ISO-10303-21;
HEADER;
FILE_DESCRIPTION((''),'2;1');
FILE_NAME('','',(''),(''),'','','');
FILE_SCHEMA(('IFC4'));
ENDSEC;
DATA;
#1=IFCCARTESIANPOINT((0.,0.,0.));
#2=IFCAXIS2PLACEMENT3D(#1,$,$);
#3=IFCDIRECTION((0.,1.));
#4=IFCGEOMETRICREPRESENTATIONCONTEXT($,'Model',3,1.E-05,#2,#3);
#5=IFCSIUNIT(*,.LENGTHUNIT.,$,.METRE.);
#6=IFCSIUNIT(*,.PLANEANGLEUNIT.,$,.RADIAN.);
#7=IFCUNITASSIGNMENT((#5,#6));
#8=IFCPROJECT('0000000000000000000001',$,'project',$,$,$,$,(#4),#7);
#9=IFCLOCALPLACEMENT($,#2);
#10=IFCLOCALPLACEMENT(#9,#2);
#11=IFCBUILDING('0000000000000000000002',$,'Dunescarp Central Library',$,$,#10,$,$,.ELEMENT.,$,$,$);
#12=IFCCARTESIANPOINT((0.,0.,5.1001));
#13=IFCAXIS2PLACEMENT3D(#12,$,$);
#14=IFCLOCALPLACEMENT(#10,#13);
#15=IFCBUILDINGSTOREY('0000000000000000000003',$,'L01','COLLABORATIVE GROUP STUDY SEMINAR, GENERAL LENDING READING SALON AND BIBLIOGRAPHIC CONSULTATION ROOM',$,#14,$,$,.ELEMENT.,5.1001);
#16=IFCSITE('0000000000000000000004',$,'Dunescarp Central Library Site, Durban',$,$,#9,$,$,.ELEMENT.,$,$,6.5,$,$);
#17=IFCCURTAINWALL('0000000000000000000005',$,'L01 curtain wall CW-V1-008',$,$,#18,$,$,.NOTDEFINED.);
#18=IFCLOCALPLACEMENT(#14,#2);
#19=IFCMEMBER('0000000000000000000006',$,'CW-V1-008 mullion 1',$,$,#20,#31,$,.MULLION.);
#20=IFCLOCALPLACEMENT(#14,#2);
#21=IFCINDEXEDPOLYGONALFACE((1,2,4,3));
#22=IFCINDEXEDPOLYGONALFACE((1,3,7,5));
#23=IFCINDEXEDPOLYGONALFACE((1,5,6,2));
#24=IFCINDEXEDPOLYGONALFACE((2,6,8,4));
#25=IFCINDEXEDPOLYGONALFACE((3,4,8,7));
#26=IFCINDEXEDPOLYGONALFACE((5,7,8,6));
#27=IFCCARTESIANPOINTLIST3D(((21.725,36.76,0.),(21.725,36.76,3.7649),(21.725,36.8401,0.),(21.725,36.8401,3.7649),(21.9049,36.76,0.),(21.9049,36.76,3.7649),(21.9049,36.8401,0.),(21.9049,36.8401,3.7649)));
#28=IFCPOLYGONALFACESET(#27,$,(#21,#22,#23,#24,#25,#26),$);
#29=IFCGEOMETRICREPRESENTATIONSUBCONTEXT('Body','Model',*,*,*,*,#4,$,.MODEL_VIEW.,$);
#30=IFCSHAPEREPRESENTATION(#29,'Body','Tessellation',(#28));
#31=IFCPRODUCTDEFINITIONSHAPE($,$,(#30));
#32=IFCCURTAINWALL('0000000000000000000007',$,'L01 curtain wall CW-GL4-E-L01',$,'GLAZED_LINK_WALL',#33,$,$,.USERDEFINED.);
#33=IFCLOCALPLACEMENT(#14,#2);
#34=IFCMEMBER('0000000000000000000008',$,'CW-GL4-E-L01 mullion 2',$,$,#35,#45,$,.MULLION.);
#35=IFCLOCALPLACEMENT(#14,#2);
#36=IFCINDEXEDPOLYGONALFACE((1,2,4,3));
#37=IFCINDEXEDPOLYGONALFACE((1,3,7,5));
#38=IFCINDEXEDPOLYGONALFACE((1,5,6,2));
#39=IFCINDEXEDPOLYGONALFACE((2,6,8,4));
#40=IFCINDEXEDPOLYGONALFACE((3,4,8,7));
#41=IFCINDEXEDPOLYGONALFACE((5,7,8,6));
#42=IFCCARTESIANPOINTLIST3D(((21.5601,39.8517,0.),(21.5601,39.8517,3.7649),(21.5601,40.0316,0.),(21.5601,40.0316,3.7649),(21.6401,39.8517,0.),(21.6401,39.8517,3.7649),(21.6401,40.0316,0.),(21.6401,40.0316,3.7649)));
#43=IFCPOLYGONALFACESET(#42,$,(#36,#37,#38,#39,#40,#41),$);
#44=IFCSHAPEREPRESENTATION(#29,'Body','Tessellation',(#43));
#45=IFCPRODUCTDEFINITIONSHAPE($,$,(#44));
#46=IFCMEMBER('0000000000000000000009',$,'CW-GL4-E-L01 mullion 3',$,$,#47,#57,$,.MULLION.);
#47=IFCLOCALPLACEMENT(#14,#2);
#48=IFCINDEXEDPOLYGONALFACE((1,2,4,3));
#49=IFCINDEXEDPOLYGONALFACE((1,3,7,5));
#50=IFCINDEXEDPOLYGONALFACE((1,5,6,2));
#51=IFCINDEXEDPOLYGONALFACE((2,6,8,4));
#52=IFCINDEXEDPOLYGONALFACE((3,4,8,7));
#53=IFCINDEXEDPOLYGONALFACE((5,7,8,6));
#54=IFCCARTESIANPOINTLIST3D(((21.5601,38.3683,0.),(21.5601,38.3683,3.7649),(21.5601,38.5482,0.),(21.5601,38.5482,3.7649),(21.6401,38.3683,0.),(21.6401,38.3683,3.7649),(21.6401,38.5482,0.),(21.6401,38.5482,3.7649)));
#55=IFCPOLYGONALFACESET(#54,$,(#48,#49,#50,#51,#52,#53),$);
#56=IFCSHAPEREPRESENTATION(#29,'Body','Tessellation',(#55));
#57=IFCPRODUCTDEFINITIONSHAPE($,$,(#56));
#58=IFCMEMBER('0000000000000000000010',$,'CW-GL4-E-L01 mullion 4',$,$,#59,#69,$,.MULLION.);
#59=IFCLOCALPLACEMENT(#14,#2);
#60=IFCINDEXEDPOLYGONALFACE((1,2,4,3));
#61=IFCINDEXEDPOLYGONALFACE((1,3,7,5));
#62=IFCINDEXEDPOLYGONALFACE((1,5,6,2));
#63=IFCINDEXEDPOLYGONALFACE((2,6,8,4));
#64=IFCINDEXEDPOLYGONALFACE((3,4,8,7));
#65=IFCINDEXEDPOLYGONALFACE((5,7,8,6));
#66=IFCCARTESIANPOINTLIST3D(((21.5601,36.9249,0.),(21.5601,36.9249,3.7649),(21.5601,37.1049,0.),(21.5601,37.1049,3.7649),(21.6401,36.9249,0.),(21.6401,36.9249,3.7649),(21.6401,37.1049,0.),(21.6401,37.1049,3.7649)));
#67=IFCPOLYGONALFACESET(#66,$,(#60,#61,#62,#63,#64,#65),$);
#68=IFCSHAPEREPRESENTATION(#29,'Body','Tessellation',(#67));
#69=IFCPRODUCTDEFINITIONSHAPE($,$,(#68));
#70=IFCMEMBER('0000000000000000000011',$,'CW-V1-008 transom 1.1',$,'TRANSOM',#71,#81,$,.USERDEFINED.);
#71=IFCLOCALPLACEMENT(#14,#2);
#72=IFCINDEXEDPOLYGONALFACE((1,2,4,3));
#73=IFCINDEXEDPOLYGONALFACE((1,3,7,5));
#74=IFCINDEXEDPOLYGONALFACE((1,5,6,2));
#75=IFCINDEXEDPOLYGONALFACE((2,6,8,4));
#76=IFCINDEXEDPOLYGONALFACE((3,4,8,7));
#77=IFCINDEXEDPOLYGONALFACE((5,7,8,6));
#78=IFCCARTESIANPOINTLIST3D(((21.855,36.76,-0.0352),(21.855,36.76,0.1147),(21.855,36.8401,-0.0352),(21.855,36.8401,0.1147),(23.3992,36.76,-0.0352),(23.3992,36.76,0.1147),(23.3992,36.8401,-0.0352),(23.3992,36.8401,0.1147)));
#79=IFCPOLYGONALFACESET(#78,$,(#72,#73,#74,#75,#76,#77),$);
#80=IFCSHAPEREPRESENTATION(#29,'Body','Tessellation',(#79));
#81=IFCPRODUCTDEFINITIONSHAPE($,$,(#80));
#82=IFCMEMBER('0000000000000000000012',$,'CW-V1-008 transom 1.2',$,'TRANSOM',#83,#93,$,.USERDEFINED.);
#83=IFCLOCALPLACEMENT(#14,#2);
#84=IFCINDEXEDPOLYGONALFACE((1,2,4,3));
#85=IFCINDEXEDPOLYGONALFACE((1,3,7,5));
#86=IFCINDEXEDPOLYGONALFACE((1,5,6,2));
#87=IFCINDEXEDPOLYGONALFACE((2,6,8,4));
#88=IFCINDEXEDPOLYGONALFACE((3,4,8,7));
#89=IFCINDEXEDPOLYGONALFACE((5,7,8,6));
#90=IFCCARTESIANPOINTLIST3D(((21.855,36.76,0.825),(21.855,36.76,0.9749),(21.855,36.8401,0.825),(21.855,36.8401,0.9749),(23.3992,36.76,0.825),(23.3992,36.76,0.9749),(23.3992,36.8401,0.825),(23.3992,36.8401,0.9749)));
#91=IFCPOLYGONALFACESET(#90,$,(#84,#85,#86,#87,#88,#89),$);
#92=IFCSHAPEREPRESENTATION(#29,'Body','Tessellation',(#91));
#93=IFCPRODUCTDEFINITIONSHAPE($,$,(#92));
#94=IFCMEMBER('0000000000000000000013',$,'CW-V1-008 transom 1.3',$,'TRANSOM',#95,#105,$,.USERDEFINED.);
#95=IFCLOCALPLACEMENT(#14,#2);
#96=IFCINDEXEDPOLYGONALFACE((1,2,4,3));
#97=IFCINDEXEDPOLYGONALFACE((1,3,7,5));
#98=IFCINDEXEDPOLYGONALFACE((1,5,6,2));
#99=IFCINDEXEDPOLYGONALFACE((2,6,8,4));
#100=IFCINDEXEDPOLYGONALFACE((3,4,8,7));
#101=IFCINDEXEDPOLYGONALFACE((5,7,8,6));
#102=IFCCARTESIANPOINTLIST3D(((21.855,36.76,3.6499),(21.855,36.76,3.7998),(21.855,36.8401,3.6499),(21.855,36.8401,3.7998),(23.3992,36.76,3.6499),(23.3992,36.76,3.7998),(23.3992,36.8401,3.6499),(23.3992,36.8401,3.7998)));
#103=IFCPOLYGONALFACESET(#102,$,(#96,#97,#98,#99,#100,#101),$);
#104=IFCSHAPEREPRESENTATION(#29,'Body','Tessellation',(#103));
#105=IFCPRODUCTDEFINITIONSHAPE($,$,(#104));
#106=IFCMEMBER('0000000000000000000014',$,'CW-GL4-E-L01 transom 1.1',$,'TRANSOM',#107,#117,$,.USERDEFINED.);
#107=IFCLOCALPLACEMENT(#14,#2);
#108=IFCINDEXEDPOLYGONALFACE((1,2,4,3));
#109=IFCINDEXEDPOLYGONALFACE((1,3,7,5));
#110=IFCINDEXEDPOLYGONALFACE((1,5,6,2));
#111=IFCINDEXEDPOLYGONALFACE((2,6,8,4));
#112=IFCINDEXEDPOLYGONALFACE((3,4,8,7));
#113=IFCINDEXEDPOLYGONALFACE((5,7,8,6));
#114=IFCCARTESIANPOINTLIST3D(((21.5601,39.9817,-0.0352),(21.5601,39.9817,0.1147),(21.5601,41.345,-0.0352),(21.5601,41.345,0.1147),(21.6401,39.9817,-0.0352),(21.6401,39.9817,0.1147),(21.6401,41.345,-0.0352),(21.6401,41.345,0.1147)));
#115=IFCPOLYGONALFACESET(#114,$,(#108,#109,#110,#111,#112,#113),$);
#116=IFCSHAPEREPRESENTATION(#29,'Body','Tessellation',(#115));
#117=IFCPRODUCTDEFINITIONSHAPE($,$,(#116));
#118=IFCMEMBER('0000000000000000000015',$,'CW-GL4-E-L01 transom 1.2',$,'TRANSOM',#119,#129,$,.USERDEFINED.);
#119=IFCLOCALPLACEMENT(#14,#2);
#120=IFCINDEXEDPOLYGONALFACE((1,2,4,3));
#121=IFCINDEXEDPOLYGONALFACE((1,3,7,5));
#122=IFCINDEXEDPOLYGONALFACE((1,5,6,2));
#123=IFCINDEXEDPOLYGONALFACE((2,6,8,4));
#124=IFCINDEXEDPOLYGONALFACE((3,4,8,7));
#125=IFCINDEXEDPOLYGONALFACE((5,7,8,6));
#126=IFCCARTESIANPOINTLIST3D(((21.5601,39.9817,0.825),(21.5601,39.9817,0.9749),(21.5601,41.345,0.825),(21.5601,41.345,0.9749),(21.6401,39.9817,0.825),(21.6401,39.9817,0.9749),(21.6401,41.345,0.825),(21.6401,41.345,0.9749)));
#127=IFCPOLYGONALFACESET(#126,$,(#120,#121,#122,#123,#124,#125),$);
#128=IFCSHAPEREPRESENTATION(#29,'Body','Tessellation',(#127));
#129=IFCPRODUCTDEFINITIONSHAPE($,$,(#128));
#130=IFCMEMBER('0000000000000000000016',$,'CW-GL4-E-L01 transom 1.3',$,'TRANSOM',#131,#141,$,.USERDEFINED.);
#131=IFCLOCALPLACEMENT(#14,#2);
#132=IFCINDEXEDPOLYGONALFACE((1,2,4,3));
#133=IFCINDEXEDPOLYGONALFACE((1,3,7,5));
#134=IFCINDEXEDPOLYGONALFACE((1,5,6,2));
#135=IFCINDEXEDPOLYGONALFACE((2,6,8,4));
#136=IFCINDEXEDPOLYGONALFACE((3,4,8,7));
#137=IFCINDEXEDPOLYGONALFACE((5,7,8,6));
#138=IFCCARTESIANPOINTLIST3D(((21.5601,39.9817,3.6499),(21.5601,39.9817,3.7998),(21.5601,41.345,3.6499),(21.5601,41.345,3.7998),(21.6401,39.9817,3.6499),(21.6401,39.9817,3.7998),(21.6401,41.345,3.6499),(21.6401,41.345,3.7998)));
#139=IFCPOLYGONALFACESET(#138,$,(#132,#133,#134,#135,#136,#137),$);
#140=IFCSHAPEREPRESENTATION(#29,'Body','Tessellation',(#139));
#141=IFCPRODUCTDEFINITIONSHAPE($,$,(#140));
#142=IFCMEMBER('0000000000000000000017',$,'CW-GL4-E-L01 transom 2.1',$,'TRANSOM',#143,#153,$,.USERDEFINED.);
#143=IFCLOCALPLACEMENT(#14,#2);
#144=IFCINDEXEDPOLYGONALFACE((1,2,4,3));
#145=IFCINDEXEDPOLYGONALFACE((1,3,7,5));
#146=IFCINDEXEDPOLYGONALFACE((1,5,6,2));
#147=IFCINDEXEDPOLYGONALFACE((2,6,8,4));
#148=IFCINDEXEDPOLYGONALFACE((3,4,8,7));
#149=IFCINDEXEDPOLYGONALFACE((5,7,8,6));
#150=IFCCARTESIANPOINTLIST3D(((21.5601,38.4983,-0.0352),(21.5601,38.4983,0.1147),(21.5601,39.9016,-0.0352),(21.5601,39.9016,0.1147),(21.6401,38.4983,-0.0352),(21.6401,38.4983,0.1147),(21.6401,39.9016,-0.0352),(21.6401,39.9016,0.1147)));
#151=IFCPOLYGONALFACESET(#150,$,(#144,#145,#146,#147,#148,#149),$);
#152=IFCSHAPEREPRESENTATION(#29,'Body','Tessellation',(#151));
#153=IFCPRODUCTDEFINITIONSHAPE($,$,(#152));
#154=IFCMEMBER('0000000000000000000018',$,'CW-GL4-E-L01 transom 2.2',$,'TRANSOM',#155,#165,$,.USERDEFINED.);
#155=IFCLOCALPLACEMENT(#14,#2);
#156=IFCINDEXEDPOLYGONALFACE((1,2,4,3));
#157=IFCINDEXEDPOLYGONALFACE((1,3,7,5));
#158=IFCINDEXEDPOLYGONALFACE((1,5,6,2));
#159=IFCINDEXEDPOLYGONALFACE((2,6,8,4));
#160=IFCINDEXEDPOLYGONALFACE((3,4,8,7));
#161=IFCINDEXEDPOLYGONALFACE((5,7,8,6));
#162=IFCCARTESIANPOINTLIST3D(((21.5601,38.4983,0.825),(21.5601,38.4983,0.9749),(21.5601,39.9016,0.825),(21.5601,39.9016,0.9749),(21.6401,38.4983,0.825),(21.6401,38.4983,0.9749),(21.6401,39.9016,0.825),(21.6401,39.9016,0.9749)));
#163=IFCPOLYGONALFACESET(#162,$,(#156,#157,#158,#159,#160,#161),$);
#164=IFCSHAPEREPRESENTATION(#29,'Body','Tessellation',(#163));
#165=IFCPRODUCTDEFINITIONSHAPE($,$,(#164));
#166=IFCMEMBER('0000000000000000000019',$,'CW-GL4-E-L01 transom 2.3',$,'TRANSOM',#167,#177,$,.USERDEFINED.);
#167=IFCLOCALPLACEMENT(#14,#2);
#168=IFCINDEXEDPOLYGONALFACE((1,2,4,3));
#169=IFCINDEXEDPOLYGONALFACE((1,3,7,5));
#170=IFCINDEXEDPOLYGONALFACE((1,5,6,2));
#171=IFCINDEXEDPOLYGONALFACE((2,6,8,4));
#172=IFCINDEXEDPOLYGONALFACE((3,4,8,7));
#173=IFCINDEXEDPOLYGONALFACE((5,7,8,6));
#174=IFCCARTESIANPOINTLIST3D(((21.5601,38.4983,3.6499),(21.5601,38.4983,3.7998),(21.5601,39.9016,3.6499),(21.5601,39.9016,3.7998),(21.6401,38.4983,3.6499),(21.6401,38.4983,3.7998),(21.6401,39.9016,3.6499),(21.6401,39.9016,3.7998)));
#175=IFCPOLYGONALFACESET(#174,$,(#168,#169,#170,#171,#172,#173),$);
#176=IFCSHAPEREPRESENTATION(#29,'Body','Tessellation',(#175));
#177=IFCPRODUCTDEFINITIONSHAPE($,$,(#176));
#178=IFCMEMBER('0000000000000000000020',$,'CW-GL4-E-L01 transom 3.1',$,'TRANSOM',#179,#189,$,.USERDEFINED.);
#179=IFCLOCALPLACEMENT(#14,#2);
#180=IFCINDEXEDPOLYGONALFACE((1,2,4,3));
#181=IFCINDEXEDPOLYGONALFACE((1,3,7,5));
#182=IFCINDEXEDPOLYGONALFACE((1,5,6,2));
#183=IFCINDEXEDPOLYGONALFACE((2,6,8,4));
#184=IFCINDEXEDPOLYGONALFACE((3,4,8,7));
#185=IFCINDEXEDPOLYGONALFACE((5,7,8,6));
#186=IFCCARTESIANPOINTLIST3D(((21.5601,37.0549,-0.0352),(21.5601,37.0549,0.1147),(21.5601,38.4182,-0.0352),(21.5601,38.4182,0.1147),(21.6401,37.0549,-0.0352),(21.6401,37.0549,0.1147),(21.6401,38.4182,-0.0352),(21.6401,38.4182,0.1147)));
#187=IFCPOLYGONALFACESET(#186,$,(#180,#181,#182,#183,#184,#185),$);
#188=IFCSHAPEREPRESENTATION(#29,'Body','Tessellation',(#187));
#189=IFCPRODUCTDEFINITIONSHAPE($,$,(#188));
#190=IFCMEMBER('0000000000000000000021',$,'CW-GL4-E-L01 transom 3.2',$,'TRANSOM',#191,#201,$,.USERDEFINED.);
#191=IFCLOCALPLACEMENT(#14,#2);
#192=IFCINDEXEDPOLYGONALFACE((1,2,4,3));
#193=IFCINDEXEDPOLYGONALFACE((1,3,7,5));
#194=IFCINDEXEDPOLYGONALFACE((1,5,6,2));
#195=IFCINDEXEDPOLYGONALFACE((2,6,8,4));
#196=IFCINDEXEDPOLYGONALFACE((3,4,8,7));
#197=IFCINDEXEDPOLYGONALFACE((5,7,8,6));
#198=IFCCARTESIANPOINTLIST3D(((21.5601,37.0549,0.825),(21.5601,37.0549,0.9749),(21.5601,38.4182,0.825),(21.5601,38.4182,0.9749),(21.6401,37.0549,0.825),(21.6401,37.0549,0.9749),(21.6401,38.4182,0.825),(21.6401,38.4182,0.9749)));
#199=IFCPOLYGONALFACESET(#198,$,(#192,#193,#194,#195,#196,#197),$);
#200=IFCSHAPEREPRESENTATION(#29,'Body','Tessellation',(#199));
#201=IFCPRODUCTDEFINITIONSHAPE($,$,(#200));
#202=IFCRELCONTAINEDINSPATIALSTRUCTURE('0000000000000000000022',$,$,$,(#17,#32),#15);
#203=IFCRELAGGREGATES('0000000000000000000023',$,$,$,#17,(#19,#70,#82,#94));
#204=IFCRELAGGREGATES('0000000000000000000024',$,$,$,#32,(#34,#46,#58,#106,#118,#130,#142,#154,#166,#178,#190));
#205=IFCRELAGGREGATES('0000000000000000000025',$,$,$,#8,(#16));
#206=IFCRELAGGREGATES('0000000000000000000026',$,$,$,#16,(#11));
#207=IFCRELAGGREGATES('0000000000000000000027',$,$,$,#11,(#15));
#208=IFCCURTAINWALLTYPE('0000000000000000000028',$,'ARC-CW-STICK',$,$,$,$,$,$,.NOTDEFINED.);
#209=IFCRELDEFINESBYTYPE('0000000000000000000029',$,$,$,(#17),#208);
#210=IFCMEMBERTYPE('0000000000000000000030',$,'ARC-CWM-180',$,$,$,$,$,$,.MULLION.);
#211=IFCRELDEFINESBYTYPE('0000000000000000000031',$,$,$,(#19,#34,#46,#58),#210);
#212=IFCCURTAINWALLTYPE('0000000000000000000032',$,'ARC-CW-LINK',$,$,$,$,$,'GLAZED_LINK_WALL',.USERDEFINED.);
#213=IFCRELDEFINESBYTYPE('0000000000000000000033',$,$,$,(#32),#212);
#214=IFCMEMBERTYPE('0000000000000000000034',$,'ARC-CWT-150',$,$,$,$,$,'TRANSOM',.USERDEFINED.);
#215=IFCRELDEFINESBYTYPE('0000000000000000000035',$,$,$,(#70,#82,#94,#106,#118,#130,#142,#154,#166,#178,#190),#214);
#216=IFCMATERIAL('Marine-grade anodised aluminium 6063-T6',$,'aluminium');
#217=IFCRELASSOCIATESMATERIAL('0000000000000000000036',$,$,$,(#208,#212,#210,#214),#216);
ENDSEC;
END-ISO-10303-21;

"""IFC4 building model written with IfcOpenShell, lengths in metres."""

from ifc_helpers import new_model, si_unit, direction, frame, origin, origin_2d, place, context, subcontext, project, spatial, rectangle, extrude, material, material_profile, profile_set, type_object, element, aggregate, save


model = new_model("IFC4")

# Units and contexts
model_context = context("Model", 3, precision=1e-05, world=origin(), true_north=direction((0.0, 1.0)))
body_context = subcontext(model_context, "Body", "Model", "MODEL_VIEW")
ifc_project = project(units=[si_unit("LENGTHUNIT", "METRE"), si_unit("PLANEANGLEUNIT", "RADIAN")], contexts=[model_context])

# Site, building, storey
site_placement = place(None, origin())
site = spatial("IfcSite", under=ifc_project, at=site_placement, Name="Dunescarp Central Library Site, Durban", CompositionType="ELEMENT", RefElevation=6.5)
building_placement = place(site_placement, origin())
building = spatial("IfcBuilding", under=site, at=building_placement, Name="Dunescarp Central Library", CompositionType="ELEMENT")
storey_placement = place(building_placement, frame((0.0, 0.0, 5.1001)))
storey = spatial("IfcBuildingStorey", under=building, at=storey_placement, Name="L01", Description="COLLABORATIVE GROUP STUDY SEMINAR, GENERAL LENDING READING SALON AND BIBLIOGRAPHIC CONSULTATION ROOM", CompositionType="ELEMENT", Elevation=5.1001)

# Curtain wall, member
ifc_material_1 = material(Name="Marine-grade anodised aluminium 6063-T6", Category="aluminium")
curtain_wall_type_1 = type_object("IfcCurtainWallType", Name="ARC-CW-STICK", PredefinedType="NOTDEFINED", material=ifc_material_1)
curtain_wall_1_placement = place(storey_placement, origin())
curtain_wall_1 = element("IfcCurtainWall", 1, at=curtain_wall_1_placement, inside=storey, type_object=curtain_wall_type_1, Name="L01 curtain wall CW-V1-008", PredefinedType="NOTDEFINED")
ifc_material_profile_1 = material_profile(ifc_material_1, rectangle(XDim=0.0801, YDim=0.1799, at=origin_2d()), Name="AL 80x180")
ifc_profile_set_1 = profile_set([ifc_material_profile_1], Name="Marine-grade anodised aluminium 6063-T6")
member_type_1 = type_object("IfcMemberType", Name="ARC-CWM-180", PredefinedType="MULLION", material=ifc_profile_set_1)
member_1_placement = place(storey_placement, frame((21.8149, 36.8, 0.0), z_axis=(0.0, 0.0, 1.0), x_axis=(0.0, 1.0, 0.0)))
member_1 = element("IfcMember", 2, at=member_1_placement, type_object=member_type_1, Name="CW-V1-008 mullion 1", PredefinedType="MULLION", context=body_context, shape_type="SweptSolid", body=[
    extrude(rectangle(XDim=0.0801, YDim=0.1799, at=origin_2d()), origin(), (0.0, 0.0, 1.0), 3.7649),
])

# Curtain wall, members
curtain_wall_type_2 = type_object("IfcCurtainWallType", Name="ARC-CW-LINK", ElementType="GLAZED_LINK_WALL", PredefinedType="USERDEFINED", material=ifc_material_1)
curtain_wall_2_placement = place(storey_placement, origin())
curtain_wall_2 = element("IfcCurtainWall", 3, at=curtain_wall_2_placement, inside=storey, type_object=curtain_wall_type_2, Name="L01 curtain wall CW-GL4-E-L01", ObjectType="GLAZED_LINK_WALL", PredefinedType="USERDEFINED")
member_2_placement = place(storey_placement, frame((21.6001, 39.9417, 0.0), z_axis=(0.0, 0.0, 1.0), x_axis=(1.0, 0.0, 0.0)))
member_2 = element("IfcMember", 4, at=member_2_placement, type_object=member_type_1, Name="CW-GL4-E-L01 mullion 2", PredefinedType="MULLION", context=body_context, shape_type="SweptSolid", body=[
    extrude(rectangle(XDim=0.0801, YDim=0.1799, at=origin_2d()), origin(), (0.0, 0.0, 1.0), 3.7649),
])
member_3_placement = place(storey_placement, frame((21.6001, 38.4583, 0.0), z_axis=(0.0, 0.0, 1.0), x_axis=(1.0, 0.0, 0.0)))
member_3 = element("IfcMember", 5, at=member_3_placement, type_object=member_type_1, Name="CW-GL4-E-L01 mullion 3", PredefinedType="MULLION", context=body_context, shape_type="SweptSolid", body=[
    extrude(rectangle(XDim=0.0801, YDim=0.1799, at=origin_2d()), origin(), (0.0, 0.0, 1.0), 3.7649),
])
member_4_placement = place(storey_placement, frame((21.6001, 37.0149, 0.0), z_axis=(0.0, 0.0, 1.0), x_axis=(1.0, 0.0, 0.0)))
member_4 = element("IfcMember", 6, at=member_4_placement, type_object=member_type_1, Name="CW-GL4-E-L01 mullion 4", PredefinedType="MULLION", context=body_context, shape_type="SweptSolid", body=[
    extrude(rectangle(XDim=0.0801, YDim=0.1799, at=origin_2d()), origin(), (0.0, 0.0, 1.0), 3.7649),
])

# Members
ifc_material_profile_2 = material_profile(ifc_material_1, rectangle(XDim=0.0801, YDim=0.1499, at=origin_2d()), Name="AL 80x150")
ifc_profile_set_2 = profile_set([ifc_material_profile_2], Name="Marine-grade anodised aluminium 6063-T6")
member_type_2 = type_object("IfcMemberType", Name="ARC-CWT-150", ElementType="TRANSOM", PredefinedType="USERDEFINED", material=ifc_profile_set_2)
member_5_placement = place(storey_placement, frame((21.855, 36.8, 0.0398), z_axis=(1.0, 0.0, 0.0), x_axis=(0.0, 1.0, 0.0)))
member_5 = element("IfcMember", 7, at=member_5_placement, type_object=member_type_2, Name="CW-V1-008 transom 1.1", ObjectType="TRANSOM", PredefinedType="USERDEFINED", context=body_context, shape_type="SweptSolid", body=[
    extrude(rectangle(XDim=0.0801, YDim=0.1499, at=origin_2d()), origin(), (0.0, 0.0, 1.0), 1.5442),
])
member_6_placement = place(storey_placement, frame((21.855, 36.8, 0.8999), z_axis=(1.0, 0.0, 0.0), x_axis=(0.0, 1.0, 0.0)))
member_6 = element("IfcMember", 8, at=member_6_placement, type_object=member_type_2, Name="CW-V1-008 transom 1.2", ObjectType="TRANSOM", PredefinedType="USERDEFINED", context=body_context, shape_type="SweptSolid", body=[
    extrude(rectangle(XDim=0.0801, YDim=0.1499, at=origin_2d()), origin(), (0.0, 0.0, 1.0), 1.5442),
])
member_7_placement = place(storey_placement, frame((21.855, 36.8, 3.7249), z_axis=(1.0, 0.0, 0.0), x_axis=(0.0, 1.0, 0.0)))
member_7 = element("IfcMember", 9, at=member_7_placement, type_object=member_type_2, Name="CW-V1-008 transom 1.3", ObjectType="TRANSOM", PredefinedType="USERDEFINED", context=body_context, shape_type="SweptSolid", body=[
    extrude(rectangle(XDim=0.0801, YDim=0.1499, at=origin_2d()), origin(), (0.0, 0.0, 1.0), 1.5442),
])
aggregate(curtain_wall_1, [member_1, member_5, member_6, member_7])
member_8_placement = place(storey_placement, frame((21.6001, 41.345, 0.0398), z_axis=(0.0, -1.0, 0.0), x_axis=(1.0, 0.0, 0.0)))
member_8 = element("IfcMember", 10, at=member_8_placement, type_object=member_type_2, Name="CW-GL4-E-L01 transom 1.1", ObjectType="TRANSOM", PredefinedType="USERDEFINED", context=body_context, shape_type="SweptSolid", body=[
    extrude(rectangle(XDim=0.0801, YDim=0.1499, at=origin_2d()), origin(), (0.0, 0.0, 1.0), 1.3633),
])
member_9_placement = place(storey_placement, frame((21.6001, 41.345, 0.8999), z_axis=(0.0, -1.0, 0.0), x_axis=(1.0, 0.0, 0.0)))
member_9 = element("IfcMember", 11, at=member_9_placement, type_object=member_type_2, Name="CW-GL4-E-L01 transom 1.2", ObjectType="TRANSOM", PredefinedType="USERDEFINED", context=body_context, shape_type="SweptSolid", body=[
    extrude(rectangle(XDim=0.0801, YDim=0.1499, at=origin_2d()), origin(), (0.0, 0.0, 1.0), 1.3633),
])
member_10_placement = place(storey_placement, frame((21.6001, 41.345, 3.7249), z_axis=(0.0, -1.0, 0.0), x_axis=(1.0, 0.0, 0.0)))
member_10 = element("IfcMember", 12, at=member_10_placement, type_object=member_type_2, Name="CW-GL4-E-L01 transom 1.3", ObjectType="TRANSOM", PredefinedType="USERDEFINED", context=body_context, shape_type="SweptSolid", body=[
    extrude(rectangle(XDim=0.0801, YDim=0.1499, at=origin_2d()), origin(), (0.0, 0.0, 1.0), 1.3633),
])
member_11_placement = place(storey_placement, frame((21.6001, 39.9016, 0.0398), z_axis=(0.0, -1.0, 0.0), x_axis=(1.0, 0.0, 0.0)))
member_11 = element("IfcMember", 13, at=member_11_placement, type_object=member_type_2, Name="CW-GL4-E-L01 transom 2.1", ObjectType="TRANSOM", PredefinedType="USERDEFINED", context=body_context, shape_type="SweptSolid", body=[
    extrude(rectangle(XDim=0.0801, YDim=0.1499, at=origin_2d()), origin(), (0.0, 0.0, 1.0), 1.4033),
])
member_12_placement = place(storey_placement, frame((21.6001, 39.9016, 0.8999), z_axis=(0.0, -1.0, 0.0), x_axis=(1.0, 0.0, 0.0)))
member_12 = element("IfcMember", 14, at=member_12_placement, type_object=member_type_2, Name="CW-GL4-E-L01 transom 2.2", ObjectType="TRANSOM", PredefinedType="USERDEFINED", context=body_context, shape_type="SweptSolid", body=[
    extrude(rectangle(XDim=0.0801, YDim=0.1499, at=origin_2d()), origin(), (0.0, 0.0, 1.0), 1.4033),
])
member_13_placement = place(storey_placement, frame((21.6001, 39.9016, 3.7249), z_axis=(0.0, -1.0, 0.0), x_axis=(1.0, 0.0, 0.0)))
member_13 = element("IfcMember", 15, at=member_13_placement, type_object=member_type_2, Name="CW-GL4-E-L01 transom 2.3", ObjectType="TRANSOM", PredefinedType="USERDEFINED", context=body_context, shape_type="SweptSolid", body=[
    extrude(rectangle(XDim=0.0801, YDim=0.1499, at=origin_2d()), origin(), (0.0, 0.0, 1.0), 1.4033),
])
member_14_placement = place(storey_placement, frame((21.6001, 38.4182, 0.0398), z_axis=(0.0, -1.0, 0.0), x_axis=(1.0, 0.0, 0.0)))
member_14 = element("IfcMember", 16, at=member_14_placement, type_object=member_type_2, Name="CW-GL4-E-L01 transom 3.1", ObjectType="TRANSOM", PredefinedType="USERDEFINED", context=body_context, shape_type="SweptSolid", body=[
    extrude(rectangle(XDim=0.0801, YDim=0.1499, at=origin_2d()), origin(), (0.0, 0.0, 1.0), 1.3633),
])
member_15_placement = place(storey_placement, frame((21.6001, 38.4182, 0.8999), z_axis=(0.0, -1.0, 0.0), x_axis=(1.0, 0.0, 0.0)))
member_15 = element("IfcMember", 17, at=member_15_placement, type_object=member_type_2, Name="CW-GL4-E-L01 transom 3.2", ObjectType="TRANSOM", PredefinedType="USERDEFINED", context=body_context, shape_type="SweptSolid", body=[
    extrude(rectangle(XDim=0.0801, YDim=0.1499, at=origin_2d()), origin(), (0.0, 0.0, 1.0), 1.3633),
])

aggregate(curtain_wall_2, [member_2, member_3, member_4, member_8, member_9, member_10, member_11, member_12, member_13, member_14, member_15])

save(model, "model.ifc")
